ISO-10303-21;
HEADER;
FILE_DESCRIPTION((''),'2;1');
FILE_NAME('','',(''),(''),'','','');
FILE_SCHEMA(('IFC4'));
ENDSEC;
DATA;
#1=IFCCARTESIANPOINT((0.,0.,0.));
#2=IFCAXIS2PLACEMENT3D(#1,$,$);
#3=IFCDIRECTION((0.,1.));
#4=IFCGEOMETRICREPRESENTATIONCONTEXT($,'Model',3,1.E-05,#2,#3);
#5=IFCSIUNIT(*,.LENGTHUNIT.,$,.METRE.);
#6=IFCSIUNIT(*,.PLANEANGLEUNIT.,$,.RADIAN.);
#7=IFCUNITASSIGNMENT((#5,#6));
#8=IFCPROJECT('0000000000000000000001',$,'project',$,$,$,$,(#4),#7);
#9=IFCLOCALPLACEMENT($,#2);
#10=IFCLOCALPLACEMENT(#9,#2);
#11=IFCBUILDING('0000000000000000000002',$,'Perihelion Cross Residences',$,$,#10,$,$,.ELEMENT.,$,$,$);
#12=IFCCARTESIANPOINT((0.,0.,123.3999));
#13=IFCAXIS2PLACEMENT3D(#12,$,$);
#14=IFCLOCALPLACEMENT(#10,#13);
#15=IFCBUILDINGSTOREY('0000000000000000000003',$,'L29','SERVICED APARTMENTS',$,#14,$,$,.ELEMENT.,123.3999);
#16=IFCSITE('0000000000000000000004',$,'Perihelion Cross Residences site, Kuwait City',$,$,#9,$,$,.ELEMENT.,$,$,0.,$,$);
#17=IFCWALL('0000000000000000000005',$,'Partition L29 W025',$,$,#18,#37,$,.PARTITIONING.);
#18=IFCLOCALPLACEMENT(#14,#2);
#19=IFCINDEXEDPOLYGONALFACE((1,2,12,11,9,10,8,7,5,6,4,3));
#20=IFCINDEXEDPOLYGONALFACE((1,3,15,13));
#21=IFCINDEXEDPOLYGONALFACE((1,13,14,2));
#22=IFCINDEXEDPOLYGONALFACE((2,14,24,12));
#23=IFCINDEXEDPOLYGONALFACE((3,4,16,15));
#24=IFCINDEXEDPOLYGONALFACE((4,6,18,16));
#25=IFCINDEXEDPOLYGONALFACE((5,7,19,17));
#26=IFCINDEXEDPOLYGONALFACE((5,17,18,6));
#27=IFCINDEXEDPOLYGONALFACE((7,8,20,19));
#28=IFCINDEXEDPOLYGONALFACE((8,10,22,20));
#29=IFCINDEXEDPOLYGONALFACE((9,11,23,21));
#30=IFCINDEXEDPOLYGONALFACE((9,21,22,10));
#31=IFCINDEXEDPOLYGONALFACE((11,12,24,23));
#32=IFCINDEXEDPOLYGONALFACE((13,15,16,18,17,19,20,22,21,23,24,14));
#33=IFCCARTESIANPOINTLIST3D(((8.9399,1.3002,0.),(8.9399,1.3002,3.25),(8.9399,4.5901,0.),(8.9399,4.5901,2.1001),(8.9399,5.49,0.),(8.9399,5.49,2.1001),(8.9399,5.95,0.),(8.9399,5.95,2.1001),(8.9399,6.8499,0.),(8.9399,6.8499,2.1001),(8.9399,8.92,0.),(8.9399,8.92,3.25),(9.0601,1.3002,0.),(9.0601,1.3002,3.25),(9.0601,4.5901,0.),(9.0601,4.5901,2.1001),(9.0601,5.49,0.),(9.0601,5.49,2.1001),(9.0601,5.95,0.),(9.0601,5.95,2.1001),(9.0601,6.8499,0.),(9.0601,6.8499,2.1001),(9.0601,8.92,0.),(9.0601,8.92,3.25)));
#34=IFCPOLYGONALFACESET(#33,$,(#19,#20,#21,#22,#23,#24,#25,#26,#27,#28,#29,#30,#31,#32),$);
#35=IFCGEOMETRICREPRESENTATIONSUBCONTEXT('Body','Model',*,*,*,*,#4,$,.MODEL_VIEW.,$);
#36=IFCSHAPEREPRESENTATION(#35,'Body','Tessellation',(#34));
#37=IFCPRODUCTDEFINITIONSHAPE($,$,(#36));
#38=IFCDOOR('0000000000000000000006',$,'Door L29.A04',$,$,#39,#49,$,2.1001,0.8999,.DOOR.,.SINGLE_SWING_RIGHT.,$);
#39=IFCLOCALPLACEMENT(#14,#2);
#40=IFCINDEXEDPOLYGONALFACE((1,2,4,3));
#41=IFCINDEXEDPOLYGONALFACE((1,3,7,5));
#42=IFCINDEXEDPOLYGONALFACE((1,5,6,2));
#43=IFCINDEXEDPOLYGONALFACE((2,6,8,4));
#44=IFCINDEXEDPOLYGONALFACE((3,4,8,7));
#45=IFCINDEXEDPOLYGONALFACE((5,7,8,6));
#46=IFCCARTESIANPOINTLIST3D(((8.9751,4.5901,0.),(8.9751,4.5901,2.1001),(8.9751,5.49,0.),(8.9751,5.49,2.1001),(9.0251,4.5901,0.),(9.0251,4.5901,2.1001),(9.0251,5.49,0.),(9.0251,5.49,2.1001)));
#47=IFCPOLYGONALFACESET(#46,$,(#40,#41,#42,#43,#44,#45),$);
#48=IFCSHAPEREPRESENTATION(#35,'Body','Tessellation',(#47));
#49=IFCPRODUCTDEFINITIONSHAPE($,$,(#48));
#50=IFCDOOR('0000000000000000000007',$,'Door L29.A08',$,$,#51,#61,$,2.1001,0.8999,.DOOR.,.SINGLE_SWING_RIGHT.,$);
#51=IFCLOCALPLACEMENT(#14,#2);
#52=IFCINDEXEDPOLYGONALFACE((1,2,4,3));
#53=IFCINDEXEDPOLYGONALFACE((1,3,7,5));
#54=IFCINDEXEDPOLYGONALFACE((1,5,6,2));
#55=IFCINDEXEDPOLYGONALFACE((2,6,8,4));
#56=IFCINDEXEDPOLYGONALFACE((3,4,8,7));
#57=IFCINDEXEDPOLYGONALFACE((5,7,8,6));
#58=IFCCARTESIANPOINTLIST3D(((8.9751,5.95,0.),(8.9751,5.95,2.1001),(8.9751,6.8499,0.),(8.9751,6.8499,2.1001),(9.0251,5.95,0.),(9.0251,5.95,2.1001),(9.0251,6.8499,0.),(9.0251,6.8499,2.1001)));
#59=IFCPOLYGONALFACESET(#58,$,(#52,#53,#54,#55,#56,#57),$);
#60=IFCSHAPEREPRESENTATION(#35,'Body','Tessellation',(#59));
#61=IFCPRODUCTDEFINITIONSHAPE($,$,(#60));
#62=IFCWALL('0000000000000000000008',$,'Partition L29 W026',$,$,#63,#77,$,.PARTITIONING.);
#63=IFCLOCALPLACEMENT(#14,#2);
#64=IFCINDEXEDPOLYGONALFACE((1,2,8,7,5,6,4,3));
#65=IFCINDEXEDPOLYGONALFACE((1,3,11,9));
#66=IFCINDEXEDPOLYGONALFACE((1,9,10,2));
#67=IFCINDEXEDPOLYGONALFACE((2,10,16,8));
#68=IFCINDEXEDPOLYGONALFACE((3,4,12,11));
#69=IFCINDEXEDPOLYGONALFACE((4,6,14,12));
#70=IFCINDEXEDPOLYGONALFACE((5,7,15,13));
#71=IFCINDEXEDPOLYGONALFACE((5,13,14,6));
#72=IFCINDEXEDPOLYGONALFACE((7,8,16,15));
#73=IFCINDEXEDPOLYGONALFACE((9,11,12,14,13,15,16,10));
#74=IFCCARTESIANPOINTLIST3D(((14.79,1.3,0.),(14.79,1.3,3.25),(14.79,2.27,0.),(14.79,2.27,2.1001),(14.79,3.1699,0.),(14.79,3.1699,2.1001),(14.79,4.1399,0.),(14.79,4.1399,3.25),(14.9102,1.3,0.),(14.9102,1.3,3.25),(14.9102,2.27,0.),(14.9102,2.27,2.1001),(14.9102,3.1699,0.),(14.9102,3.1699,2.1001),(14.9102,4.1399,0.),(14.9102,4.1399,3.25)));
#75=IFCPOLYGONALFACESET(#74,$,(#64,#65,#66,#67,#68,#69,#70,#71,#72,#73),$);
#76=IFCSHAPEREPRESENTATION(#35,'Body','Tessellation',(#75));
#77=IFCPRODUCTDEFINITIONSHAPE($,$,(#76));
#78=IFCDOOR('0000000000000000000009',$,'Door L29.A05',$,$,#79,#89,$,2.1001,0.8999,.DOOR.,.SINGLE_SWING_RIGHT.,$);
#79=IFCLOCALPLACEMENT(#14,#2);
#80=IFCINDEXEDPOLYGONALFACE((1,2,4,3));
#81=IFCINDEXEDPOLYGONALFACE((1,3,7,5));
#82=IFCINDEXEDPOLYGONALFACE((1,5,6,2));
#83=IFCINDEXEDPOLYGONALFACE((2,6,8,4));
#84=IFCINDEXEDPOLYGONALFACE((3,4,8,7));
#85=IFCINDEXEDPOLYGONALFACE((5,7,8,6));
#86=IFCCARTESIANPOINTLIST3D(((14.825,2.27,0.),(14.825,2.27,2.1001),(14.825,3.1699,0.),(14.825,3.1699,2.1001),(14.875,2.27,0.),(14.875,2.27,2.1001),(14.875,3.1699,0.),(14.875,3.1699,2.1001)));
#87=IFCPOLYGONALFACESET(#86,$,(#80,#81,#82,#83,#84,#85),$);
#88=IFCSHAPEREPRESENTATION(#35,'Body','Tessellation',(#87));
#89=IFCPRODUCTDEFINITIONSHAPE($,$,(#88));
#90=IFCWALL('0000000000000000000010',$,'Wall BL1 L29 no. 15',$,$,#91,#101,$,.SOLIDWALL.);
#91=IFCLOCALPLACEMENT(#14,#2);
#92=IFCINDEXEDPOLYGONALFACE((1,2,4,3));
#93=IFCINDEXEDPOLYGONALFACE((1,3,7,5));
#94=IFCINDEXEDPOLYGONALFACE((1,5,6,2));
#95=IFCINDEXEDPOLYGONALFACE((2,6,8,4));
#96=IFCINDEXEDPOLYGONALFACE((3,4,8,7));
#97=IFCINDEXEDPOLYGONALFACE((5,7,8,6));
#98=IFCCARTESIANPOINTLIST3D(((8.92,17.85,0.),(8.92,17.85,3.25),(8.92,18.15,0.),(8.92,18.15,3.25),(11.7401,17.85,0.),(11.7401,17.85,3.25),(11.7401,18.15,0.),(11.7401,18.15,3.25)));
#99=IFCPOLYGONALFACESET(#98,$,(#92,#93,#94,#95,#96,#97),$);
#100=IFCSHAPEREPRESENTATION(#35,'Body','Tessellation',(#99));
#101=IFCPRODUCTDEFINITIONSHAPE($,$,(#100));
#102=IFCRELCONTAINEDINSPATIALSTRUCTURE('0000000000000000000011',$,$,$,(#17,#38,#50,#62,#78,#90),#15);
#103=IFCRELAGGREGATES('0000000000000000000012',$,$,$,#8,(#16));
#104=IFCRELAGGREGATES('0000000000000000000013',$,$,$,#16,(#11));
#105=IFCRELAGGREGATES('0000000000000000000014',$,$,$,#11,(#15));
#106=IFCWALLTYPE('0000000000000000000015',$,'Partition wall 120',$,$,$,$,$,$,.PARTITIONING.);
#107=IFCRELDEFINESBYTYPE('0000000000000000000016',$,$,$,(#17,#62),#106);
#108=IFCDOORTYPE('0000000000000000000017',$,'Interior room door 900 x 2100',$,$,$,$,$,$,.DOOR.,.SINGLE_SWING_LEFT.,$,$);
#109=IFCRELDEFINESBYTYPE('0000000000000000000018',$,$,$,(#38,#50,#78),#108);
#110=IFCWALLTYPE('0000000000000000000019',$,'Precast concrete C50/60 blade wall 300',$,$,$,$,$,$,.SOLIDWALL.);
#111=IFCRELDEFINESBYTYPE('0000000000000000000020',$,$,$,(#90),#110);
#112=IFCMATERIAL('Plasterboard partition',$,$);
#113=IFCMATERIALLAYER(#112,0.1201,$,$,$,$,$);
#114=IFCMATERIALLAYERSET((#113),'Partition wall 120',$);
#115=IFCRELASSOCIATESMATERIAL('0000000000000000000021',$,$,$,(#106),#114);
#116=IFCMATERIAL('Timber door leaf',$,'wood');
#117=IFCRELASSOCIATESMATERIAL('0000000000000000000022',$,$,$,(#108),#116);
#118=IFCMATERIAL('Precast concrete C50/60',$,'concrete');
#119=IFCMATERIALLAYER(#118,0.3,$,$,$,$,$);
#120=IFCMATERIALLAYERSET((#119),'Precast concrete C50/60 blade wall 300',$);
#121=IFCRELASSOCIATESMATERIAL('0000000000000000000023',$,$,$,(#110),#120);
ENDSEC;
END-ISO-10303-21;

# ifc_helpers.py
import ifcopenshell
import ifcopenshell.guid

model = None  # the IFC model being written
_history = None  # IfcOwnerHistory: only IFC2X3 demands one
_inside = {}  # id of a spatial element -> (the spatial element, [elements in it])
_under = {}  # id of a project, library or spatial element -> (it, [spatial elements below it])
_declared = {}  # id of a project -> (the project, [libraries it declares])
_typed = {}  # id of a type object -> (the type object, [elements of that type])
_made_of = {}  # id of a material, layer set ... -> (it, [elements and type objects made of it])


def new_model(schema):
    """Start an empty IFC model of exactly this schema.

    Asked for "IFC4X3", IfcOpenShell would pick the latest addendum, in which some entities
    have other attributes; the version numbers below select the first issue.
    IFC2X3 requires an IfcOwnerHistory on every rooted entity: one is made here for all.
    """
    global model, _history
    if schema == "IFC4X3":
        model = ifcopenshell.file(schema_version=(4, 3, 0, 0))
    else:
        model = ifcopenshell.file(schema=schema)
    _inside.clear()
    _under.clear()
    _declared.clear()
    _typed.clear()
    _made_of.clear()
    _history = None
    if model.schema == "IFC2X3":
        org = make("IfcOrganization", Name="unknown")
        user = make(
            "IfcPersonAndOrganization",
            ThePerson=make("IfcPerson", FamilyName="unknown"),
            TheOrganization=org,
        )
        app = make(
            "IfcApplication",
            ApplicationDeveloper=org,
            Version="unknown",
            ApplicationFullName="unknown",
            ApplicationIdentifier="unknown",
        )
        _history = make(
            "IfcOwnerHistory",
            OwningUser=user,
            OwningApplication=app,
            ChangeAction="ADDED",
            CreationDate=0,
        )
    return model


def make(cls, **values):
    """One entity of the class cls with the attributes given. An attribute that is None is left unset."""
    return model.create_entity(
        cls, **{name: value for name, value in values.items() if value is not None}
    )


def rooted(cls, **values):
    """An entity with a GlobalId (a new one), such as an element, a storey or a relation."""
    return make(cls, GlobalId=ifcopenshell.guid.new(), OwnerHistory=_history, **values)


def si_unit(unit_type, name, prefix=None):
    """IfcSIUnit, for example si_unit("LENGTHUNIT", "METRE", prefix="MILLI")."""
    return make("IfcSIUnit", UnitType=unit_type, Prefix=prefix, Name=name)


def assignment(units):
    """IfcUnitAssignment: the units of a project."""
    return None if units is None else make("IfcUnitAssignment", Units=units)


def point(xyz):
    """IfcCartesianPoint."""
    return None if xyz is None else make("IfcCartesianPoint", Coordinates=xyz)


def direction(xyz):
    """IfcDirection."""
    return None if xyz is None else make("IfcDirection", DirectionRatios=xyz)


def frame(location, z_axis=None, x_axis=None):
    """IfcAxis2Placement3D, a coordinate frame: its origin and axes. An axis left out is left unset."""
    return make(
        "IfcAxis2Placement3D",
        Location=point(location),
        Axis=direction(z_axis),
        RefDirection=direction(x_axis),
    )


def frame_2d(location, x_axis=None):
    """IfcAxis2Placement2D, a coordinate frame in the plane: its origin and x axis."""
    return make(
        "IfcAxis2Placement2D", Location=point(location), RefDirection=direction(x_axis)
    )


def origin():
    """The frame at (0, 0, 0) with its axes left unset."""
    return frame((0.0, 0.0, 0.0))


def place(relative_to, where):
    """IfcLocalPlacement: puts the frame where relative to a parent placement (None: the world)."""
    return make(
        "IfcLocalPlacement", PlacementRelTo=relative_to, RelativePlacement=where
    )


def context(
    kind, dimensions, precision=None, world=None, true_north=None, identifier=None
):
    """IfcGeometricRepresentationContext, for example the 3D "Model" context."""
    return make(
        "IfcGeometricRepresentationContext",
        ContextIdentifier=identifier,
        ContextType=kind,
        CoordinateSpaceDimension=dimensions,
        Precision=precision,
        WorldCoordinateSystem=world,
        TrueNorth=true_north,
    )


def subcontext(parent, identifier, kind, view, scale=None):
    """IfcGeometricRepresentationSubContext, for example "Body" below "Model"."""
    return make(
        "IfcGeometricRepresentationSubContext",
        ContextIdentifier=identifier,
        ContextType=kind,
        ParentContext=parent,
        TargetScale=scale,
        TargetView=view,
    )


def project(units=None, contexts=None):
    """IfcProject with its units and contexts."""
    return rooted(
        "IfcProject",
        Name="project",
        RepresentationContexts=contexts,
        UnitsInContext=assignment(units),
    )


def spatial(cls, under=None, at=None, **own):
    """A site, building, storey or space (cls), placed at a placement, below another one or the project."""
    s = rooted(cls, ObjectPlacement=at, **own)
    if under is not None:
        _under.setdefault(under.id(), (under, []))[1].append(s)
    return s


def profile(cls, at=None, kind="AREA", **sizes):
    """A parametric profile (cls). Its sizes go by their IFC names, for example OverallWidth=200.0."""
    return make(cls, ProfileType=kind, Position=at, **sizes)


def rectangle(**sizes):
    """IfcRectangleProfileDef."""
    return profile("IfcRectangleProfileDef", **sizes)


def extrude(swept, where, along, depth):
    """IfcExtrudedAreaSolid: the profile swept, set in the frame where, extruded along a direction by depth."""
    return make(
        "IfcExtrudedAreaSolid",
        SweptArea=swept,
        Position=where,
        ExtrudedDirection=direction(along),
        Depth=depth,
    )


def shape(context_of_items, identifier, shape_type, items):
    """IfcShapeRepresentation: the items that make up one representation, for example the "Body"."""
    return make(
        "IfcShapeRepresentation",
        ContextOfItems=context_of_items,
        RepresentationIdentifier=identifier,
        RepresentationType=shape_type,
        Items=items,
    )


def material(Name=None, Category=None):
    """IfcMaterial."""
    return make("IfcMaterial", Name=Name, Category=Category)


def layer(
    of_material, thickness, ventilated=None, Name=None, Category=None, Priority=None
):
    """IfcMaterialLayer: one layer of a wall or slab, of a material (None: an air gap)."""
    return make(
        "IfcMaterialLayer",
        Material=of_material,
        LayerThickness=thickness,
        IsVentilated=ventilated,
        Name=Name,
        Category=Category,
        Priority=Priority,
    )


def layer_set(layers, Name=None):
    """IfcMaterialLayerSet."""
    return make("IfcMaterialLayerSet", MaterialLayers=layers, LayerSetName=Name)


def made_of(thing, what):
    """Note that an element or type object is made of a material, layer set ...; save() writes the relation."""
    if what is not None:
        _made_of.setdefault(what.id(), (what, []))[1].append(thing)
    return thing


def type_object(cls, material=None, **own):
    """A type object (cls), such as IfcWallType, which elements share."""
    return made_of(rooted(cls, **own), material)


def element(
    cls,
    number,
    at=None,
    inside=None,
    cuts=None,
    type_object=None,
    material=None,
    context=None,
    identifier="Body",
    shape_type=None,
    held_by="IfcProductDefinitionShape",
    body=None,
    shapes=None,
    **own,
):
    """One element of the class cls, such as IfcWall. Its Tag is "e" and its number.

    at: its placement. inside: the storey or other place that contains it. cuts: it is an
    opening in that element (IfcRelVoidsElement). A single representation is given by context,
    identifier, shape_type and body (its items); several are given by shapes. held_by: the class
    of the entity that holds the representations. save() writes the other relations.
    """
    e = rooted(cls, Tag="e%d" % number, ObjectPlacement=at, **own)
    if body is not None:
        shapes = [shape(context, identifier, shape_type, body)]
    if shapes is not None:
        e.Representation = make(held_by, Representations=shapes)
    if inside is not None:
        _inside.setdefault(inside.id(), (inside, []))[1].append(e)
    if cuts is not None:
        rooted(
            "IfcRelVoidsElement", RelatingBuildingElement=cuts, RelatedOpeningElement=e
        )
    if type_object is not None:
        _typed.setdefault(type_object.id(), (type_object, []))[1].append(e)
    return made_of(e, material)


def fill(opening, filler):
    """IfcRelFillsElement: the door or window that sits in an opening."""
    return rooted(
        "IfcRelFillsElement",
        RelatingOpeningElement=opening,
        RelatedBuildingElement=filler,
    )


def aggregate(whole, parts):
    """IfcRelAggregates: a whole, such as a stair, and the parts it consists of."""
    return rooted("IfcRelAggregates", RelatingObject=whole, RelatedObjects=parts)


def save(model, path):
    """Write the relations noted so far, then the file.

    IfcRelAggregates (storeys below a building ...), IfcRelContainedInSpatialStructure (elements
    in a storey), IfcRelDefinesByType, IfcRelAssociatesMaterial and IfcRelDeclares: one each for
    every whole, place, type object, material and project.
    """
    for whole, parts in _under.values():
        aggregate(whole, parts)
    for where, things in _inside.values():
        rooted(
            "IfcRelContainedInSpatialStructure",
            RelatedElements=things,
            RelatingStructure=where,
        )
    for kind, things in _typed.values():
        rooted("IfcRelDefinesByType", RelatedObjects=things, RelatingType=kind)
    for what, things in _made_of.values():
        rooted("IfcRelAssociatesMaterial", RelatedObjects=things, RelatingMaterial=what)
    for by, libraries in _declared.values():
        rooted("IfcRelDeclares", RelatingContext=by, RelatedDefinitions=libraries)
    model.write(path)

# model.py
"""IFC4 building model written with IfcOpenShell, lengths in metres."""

from ifc_helpers import new_model, si_unit, direction, frame, frame_2d, origin, place, context, subcontext, project, spatial, rectangle, extrude, material, layer, layer_set, type_object, element, fill, save


model = new_model("IFC4")

# Units and contexts
model_context = context("Model", 3, precision=1e-05, world=origin(), true_north=direction((0.0, 1.0)))
body_context = subcontext(model_context, "Body", "Model", "MODEL_VIEW")
ifc_project = project(units=[si_unit("LENGTHUNIT", "METRE"), si_unit("PLANEANGLEUNIT", "RADIAN")], contexts=[model_context])

# Site, building, storey
site_placement = place(None, origin())
site = spatial("IfcSite", under=ifc_project, at=site_placement, Name="Perihelion Cross Residences site, Kuwait City", CompositionType="ELEMENT", RefElevation=0.0)
building_placement = place(site_placement, origin())
building = spatial("IfcBuilding", under=site, at=building_placement, Name="Perihelion Cross Residences", CompositionType="ELEMENT")
storey_placement = place(building_placement, frame((0.0, 0.0, 123.3999)))
storey = spatial("IfcBuildingStorey", under=building, at=storey_placement, Name="L29", Description="SERVICED APARTMENTS", CompositionType="ELEMENT", Elevation=123.3999)

# Shared definitions
ifc_material_1 = material(Name="Plasterboard partition")
ifc_layer_1 = layer(ifc_material_1, 0.1201)
ifc_layer_set_1 = layer_set([ifc_layer_1], Name="Partition wall 120")
wall_type_1 = type_object("IfcWallType", Name="Partition wall 120", PredefinedType="PARTITIONING", material=ifc_layer_set_1)
ifc_material_2 = material(Name="Timber door leaf", Category="wood")
door_type_1 = type_object("IfcDoorType", Name="Interior room door 900 x 2100", OperationType="SINGLE_SWING_LEFT", PredefinedType="DOOR", material=ifc_material_2)

# Wall, openings, doors
wall_1_placement = place(storey_placement, frame((9.0, 1.3, 0.0), z_axis=(0.0, 0.0, 1.0), x_axis=(0.0, 1.0, 0.0)))
wall_1 = element("IfcWall", 1, at=wall_1_placement, inside=storey, type_object=wall_type_1, Name="Partition L29 W025", PredefinedType="PARTITIONING", context=body_context, shape_type="SweptSolid", body=[
    extrude(rectangle(XDim=7.6199, YDim=0.1201, at=frame_2d((3.8101, 0.0))), origin(), (0.0, 0.0, 1.0), 3.25),
])
opening_1_placement = place(wall_1_placement, frame((3.29, 0.0, 0.0)))
opening_1 = element("IfcOpeningElement", 2, at=opening_1_placement, cuts=wall_1, PredefinedType="OPENING", context=body_context, shape_type="SweptSolid", body=[
    extrude(rectangle(XDim=0.8999, YDim=2.1001, at=frame_2d((0.45, 1.05))), frame((0.0, 0.0701, 0.0), z_axis=(0.0, -1.0, 0.0), x_axis=(1.0, 0.0, 0.0)), (0.0, 0.0, 1.0), 0.1401),
])
opening_2_placement = place(wall_1_placement, frame((4.6499, 0.0, 0.0)))
opening_2 = element("IfcOpeningElement", 3, at=opening_2_placement, cuts=wall_1, PredefinedType="OPENING", context=body_context, shape_type="SweptSolid", body=[
    extrude(rectangle(XDim=0.8999, YDim=2.1001, at=frame_2d((0.45, 1.05))), frame((0.0, 0.0701, 0.0), z_axis=(0.0, -1.0, 0.0), x_axis=(1.0, 0.0, 0.0)), (0.0, 0.0, 1.0), 0.1401),
])
door_1_placement = place(opening_1_placement, origin())
door_1 = element("IfcDoor", 4, at=door_1_placement, inside=storey, type_object=door_type_1, Name="Door L29.A04", OperationType="SINGLE_SWING_RIGHT", OverallHeight=2.1001, OverallWidth=0.8999, PredefinedType="DOOR", context=body_context, shape_type="SweptSolid", body=[
    extrude(rectangle(XDim=0.8999, YDim=2.1001, at=frame_2d((0.45, 1.05))), frame((0.0, 0.0249, 0.0), z_axis=(0.0, -1.0, 0.0), x_axis=(1.0, 0.0, 0.0)), (0.0, 0.0, 1.0), 0.05),
])
fill(opening_1, door_1)
door_2_placement = place(opening_2_placement, origin())
door_2 = element("IfcDoor", 5, at=door_2_placement, inside=storey, type_object=door_type_1, Name="Door L29.A08", OperationType="SINGLE_SWING_RIGHT", OverallHeight=2.1001, OverallWidth=0.8999, PredefinedType="DOOR", context=body_context, shape_type="SweptSolid", body=[
    extrude(rectangle(XDim=0.8999, YDim=2.1001, at=frame_2d((0.45, 1.05))), frame((0.0, 0.0249, 0.0), z_axis=(0.0, -1.0, 0.0), x_axis=(1.0, 0.0, 0.0)), (0.0, 0.0, 1.0), 0.05),
])
fill(opening_2, door_2)

# Wall, opening, door
wall_2_placement = place(storey_placement, frame((14.8501, 4.1399, 0.0), z_axis=(0.0, 0.0, 1.0), x_axis=(0.0, -1.0, 0.0)))
wall_2 = element("IfcWall", 6, at=wall_2_placement, inside=storey, type_object=wall_type_1, Name="Partition L29 W026", PredefinedType="PARTITIONING", context=body_context, shape_type="SweptSolid", body=[
    extrude(rectangle(XDim=2.8398, YDim=0.1201, at=frame_2d((1.4199, 0.0))), origin(), (0.0, 0.0, 1.0), 3.25),
])
opening_3_placement = place(wall_2_placement, frame((0.97, 0.0, 0.0)))
opening_3 = element("IfcOpeningElement", 7, at=opening_3_placement, cuts=wall_2, PredefinedType="OPENING", context=body_context, shape_type="SweptSolid", body=[
    extrude(rectangle(XDim=0.8999, YDim=2.1001, at=frame_2d((0.45, 1.05))), frame((0.0, 0.0701, 0.0), z_axis=(0.0, -1.0, 0.0), x_axis=(1.0, 0.0, 0.0)), (0.0, 0.0, 1.0), 0.1401),
])
door_3_placement = place(opening_3_placement, origin())
door_3 = element("IfcDoor", 8, at=door_3_placement, inside=storey, type_object=door_type_1, Name="Door L29.A05", OperationType="SINGLE_SWING_RIGHT", OverallHeight=2.1001, OverallWidth=0.8999, PredefinedType="DOOR", context=body_context, shape_type="SweptSolid", body=[
    extrude(rectangle(XDim=0.8999, YDim=2.1001, at=frame_2d((0.45, 1.05))), frame((0.0, 0.0249, 0.0), z_axis=(0.0, -1.0, 0.0), x_axis=(1.0, 0.0, 0.0)), (0.0, 0.0, 1.0), 0.05),
])
fill(opening_3, door_3)

# Wall
ifc_material_3 = material(Name="Precast concrete C50/60", Category="concrete")
ifc_layer_2 = layer(ifc_material_3, 0.3)
ifc_layer_set_2 = layer_set([ifc_layer_2], Name="Precast concrete C50/60 blade wall 300")
wall_type_2 = type_object("IfcWallType", Name="Precast concrete C50/60 blade wall 300", PredefinedType="SOLIDWALL", material=ifc_layer_set_2)
wall_3_placement = place(storey_placement, frame((8.9199, 18.0, 0.0), z_axis=(0.0, 0.0, 1.0), x_axis=(1.0, 0.0, 0.0)))
element("IfcWall", 9, at=wall_3_placement, inside=storey, type_object=wall_type_2, Name="Wall BL1 L29 no. 15", PredefinedType="SOLIDWALL", context=body_context, shape_type="SweptSolid", body=[
    extrude(rectangle(XDim=2.8201, YDim=0.3, at=frame_2d((1.4102, 0.0))), origin(), (0.0, 0.0, 1.0), 3.25),
])

save(model, "model.ifc")
